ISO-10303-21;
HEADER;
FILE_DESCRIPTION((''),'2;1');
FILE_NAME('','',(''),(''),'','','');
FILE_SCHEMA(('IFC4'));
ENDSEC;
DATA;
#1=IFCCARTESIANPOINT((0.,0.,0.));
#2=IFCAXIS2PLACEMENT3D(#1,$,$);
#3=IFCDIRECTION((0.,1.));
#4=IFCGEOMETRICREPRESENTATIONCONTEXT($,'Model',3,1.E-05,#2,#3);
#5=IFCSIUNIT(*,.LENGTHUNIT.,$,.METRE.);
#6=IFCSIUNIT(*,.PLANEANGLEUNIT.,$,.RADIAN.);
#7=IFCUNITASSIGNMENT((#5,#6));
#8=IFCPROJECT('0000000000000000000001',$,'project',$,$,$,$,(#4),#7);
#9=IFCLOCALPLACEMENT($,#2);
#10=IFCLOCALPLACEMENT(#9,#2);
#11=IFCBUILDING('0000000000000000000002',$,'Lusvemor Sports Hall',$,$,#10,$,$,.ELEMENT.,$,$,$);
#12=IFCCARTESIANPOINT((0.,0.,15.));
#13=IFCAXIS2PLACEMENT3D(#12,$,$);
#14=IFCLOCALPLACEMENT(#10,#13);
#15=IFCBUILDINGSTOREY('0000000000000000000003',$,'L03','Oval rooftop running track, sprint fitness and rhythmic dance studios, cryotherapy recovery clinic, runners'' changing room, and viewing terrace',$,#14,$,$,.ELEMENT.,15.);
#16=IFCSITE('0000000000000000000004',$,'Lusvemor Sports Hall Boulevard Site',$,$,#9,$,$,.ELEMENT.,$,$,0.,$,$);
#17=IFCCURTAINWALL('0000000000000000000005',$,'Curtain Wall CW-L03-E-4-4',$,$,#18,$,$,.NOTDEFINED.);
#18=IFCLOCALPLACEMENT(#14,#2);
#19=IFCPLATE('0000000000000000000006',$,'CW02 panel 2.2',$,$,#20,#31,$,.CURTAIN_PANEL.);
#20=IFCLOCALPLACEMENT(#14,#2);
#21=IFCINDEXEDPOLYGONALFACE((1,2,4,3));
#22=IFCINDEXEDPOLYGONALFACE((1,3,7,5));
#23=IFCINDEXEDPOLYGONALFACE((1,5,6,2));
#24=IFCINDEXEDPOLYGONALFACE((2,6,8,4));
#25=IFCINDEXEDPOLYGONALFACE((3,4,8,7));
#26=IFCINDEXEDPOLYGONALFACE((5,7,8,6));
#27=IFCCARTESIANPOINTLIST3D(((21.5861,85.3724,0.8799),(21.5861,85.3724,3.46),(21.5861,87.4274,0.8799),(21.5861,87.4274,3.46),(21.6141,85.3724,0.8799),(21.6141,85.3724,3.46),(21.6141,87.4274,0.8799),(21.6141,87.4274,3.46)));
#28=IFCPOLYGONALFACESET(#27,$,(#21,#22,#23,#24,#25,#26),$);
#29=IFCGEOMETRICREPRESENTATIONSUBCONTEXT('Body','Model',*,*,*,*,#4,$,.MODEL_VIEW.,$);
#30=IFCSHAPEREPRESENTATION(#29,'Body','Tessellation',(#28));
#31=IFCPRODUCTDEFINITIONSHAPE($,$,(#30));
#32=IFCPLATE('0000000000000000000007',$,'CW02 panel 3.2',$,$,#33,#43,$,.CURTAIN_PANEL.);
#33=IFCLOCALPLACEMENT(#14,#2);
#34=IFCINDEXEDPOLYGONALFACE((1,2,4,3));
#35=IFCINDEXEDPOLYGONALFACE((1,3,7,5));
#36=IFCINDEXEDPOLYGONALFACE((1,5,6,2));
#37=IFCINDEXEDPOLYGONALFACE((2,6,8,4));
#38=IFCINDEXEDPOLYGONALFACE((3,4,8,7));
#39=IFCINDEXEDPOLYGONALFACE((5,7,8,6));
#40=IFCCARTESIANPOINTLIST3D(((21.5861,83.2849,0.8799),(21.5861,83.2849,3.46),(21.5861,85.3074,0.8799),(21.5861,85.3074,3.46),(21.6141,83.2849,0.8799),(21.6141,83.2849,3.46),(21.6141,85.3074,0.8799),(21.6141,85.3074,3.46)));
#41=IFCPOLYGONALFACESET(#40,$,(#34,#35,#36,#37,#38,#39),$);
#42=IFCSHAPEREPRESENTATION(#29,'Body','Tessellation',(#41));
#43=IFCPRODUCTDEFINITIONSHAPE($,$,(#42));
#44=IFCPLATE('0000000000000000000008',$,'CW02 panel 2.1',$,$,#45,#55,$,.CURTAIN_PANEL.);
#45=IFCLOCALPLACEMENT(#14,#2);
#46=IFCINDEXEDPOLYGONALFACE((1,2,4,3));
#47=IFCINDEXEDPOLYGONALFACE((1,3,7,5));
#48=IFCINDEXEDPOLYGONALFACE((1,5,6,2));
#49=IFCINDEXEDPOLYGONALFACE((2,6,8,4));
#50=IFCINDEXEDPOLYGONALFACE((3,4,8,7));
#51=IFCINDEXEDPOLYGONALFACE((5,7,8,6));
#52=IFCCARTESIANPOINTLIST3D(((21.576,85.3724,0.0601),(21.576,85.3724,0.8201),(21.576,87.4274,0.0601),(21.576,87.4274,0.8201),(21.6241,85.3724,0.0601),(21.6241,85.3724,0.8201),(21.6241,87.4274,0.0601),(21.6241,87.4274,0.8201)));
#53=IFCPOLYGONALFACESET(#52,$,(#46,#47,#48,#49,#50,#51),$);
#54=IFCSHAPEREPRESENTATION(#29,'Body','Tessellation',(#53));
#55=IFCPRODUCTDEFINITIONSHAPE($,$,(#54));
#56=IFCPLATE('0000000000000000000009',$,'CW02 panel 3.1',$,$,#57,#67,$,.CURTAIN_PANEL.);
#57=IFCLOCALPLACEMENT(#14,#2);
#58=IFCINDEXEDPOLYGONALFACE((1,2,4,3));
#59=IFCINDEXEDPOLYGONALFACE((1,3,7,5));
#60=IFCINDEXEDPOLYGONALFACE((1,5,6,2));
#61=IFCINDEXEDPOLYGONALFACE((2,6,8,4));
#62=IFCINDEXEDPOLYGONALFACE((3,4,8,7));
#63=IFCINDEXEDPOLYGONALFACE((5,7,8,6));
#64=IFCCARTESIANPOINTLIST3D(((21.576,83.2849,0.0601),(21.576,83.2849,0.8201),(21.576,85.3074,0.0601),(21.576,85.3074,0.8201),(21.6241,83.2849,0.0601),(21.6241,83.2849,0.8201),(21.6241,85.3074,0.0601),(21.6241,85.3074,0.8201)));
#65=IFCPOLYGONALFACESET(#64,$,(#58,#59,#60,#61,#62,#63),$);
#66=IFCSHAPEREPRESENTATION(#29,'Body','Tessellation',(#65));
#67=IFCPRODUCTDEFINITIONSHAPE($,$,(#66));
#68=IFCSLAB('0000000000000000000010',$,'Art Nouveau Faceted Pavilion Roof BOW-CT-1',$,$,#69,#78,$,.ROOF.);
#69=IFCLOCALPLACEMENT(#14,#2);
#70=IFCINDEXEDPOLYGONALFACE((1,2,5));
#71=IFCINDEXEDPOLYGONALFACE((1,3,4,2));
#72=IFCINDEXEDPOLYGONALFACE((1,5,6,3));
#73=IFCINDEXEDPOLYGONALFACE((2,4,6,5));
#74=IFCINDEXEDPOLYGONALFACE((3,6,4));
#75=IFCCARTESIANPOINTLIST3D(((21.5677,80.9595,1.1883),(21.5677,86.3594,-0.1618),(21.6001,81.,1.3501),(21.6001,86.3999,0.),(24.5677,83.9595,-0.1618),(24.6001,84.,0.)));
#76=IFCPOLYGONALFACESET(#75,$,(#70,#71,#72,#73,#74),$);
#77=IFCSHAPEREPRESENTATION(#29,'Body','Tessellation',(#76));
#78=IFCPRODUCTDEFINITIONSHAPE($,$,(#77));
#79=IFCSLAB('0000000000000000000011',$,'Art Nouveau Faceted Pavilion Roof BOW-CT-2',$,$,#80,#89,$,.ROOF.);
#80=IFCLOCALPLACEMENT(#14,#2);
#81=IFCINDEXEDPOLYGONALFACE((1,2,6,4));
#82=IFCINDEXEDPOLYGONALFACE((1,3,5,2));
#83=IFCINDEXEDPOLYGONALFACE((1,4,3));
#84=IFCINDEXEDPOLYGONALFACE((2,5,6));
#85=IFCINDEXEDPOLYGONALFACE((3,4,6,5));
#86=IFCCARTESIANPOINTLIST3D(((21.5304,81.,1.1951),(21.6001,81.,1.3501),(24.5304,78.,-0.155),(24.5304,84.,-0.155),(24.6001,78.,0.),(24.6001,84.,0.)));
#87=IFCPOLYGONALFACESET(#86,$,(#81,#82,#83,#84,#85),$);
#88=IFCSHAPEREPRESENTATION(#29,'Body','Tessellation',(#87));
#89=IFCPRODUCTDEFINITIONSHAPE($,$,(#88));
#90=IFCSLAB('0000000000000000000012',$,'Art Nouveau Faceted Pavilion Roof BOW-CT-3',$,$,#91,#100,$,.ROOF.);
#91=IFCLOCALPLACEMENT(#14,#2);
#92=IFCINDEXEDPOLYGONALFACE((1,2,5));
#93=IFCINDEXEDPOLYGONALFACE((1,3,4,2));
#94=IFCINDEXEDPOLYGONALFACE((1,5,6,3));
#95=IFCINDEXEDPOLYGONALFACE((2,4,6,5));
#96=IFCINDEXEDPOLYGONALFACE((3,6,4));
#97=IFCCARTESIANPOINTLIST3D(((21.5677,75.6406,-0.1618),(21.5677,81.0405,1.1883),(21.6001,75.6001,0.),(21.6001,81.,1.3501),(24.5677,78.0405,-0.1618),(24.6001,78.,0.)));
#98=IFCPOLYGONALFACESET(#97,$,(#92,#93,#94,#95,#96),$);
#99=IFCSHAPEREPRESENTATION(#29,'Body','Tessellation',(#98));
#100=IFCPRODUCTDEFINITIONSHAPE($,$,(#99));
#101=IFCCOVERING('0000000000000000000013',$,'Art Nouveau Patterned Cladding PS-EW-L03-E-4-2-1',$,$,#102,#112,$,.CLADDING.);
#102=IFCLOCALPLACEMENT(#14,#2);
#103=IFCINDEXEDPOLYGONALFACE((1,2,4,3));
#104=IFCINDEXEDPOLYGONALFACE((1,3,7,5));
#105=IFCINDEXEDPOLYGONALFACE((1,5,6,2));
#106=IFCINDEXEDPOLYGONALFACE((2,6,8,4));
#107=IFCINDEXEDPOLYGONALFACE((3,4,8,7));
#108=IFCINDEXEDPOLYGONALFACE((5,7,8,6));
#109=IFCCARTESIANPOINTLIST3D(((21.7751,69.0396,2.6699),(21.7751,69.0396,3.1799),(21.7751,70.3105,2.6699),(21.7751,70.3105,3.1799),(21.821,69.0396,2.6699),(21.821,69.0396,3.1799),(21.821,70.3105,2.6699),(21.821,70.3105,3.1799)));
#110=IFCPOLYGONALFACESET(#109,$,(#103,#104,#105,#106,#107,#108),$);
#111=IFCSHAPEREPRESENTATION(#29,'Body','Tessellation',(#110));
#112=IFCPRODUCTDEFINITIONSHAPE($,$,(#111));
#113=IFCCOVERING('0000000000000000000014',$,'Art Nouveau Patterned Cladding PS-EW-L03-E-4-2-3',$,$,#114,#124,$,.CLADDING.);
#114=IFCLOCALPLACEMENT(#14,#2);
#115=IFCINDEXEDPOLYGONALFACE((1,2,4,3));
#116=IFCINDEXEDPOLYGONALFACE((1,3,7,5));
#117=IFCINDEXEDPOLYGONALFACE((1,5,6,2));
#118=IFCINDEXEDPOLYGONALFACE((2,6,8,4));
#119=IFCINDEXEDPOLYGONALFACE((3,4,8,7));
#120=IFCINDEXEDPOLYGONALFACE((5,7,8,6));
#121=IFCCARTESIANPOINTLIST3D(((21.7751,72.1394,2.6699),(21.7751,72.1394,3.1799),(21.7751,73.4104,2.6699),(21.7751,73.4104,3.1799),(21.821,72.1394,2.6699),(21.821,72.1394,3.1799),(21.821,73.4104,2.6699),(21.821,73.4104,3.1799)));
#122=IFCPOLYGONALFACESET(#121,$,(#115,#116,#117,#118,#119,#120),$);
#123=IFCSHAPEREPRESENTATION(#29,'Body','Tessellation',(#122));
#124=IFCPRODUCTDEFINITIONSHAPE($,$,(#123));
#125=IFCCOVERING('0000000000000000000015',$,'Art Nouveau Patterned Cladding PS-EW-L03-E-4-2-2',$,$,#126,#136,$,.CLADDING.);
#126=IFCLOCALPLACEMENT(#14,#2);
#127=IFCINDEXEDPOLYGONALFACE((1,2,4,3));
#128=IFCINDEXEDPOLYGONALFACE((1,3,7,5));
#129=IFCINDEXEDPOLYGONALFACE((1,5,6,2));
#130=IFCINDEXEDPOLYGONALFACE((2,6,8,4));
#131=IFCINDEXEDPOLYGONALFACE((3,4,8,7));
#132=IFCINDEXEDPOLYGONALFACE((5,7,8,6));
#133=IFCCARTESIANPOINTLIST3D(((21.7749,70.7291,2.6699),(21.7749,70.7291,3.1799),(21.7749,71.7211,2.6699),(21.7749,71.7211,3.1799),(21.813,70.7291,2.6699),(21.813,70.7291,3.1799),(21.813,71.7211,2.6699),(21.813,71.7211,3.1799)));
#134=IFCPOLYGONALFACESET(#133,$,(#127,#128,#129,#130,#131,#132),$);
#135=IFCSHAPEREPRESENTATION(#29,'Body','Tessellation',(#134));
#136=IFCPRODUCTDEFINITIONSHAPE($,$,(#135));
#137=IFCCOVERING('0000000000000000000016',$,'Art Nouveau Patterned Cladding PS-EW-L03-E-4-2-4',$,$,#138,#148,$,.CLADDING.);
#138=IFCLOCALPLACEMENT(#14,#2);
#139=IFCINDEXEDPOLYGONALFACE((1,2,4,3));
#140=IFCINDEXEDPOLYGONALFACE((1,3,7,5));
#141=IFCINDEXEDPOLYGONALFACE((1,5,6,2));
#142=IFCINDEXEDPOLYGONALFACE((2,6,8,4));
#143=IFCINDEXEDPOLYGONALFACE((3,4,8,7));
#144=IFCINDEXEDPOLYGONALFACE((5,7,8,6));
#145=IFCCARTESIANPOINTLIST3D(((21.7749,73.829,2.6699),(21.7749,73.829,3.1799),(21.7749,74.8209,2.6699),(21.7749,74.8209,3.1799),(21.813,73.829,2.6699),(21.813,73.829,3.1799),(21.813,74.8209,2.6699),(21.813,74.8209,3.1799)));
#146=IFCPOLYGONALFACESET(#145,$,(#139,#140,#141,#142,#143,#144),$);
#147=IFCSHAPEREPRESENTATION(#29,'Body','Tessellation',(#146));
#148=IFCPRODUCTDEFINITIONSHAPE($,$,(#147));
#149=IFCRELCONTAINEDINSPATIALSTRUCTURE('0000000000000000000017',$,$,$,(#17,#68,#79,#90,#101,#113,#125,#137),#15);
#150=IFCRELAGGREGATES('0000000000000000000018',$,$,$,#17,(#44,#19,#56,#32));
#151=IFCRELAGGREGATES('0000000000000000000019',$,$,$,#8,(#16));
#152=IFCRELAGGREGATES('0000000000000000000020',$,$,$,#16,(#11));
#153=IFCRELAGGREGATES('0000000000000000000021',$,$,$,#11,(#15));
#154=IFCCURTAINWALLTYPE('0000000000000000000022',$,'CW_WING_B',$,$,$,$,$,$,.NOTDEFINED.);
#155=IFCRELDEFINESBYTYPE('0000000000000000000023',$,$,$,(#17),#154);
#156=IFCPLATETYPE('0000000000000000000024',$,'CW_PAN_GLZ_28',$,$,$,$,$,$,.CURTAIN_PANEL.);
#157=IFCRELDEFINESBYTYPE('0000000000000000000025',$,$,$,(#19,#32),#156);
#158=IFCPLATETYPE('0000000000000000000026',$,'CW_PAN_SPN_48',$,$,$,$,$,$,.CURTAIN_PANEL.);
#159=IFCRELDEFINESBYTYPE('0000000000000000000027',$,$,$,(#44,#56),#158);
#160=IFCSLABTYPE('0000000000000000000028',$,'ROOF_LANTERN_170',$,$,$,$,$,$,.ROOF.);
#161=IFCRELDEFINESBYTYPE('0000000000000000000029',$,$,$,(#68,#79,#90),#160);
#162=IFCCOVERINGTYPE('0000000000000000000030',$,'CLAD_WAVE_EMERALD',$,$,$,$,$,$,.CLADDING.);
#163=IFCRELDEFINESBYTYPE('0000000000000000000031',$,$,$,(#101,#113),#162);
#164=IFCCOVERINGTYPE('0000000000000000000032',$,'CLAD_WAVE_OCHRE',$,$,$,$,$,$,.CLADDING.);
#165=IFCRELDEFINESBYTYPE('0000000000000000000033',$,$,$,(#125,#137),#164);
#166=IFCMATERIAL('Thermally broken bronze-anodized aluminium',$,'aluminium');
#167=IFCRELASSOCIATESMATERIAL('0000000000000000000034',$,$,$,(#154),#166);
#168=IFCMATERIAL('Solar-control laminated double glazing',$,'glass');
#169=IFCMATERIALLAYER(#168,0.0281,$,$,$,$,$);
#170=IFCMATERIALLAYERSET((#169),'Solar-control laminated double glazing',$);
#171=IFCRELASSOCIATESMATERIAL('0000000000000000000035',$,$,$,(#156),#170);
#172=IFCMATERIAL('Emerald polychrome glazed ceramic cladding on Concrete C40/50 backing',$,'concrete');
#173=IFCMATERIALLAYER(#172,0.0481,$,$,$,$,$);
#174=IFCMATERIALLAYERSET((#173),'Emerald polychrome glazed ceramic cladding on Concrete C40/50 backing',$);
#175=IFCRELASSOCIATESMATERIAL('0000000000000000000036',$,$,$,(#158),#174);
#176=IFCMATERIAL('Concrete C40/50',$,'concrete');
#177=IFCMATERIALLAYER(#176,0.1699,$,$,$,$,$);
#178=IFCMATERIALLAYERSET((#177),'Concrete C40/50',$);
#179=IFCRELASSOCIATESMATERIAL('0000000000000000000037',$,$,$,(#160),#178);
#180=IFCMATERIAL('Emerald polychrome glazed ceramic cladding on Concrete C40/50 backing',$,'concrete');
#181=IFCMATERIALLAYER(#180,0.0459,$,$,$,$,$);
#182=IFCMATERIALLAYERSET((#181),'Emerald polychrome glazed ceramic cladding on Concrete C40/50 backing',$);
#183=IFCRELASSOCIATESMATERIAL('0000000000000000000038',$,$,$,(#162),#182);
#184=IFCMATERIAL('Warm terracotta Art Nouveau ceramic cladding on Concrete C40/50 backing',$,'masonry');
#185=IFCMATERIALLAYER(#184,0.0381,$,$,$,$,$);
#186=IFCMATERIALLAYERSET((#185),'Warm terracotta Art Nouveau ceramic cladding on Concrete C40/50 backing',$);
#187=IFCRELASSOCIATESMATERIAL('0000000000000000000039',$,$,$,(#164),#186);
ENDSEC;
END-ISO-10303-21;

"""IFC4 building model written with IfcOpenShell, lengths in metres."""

from ifc_helpers import new_model, si_unit, direction, frame, origin, origin_2d, place, context, subcontext, project, spatial, polyline, rectangle, outline, extrude, material, layer, layer_set, type_object, element, aggregate, save


model = new_model("IFC4")

# Units and contexts
model_context = context("Model", 3, precision=1e-05, world=origin(), true_north=direction((0.0, 1.0)))
body_context = subcontext(model_context, "Body", "Model", "MODEL_VIEW")
ifc_project = project(units=[si_unit("LENGTHUNIT", "METRE"), si_unit("PLANEANGLEUNIT", "RADIAN")], contexts=[model_context])

# Site, building, storey
site_placement = place(None, origin())
site = spatial("IfcSite", under=ifc_project, at=site_placement, Name="Lusvemor Sports Hall Boulevard Site", CompositionType="ELEMENT", RefElevation=0.0)
building_placement = place(site_placement, origin())
building = spatial("IfcBuilding", under=site, at=building_placement, Name="Lusvemor Sports Hall", CompositionType="ELEMENT")
storey_placement = place(building_placement, frame((0.0, 0.0, 15.0)))
storey = spatial("IfcBuildingStorey", under=building, at=storey_placement, Name="L03", Description="Oval rooftop running track, sprint fitness and rhythmic dance studios, cryotherapy recovery clinic, runners' changing room, and viewing terrace", CompositionType="ELEMENT", Elevation=15.0)

# Shared definitions
ifc_material_1 = material(Name="Thermally broken bronze-anodized aluminium", Category="aluminium")
curtain_wall_type = type_object("IfcCurtainWallType", Name="CW_WING_B", PredefinedType="NOTDEFINED", material=ifc_material_1)

# Curtain wall
curtain_wall_1_placement = place(storey_placement, origin())
curtain_wall_1 = element("IfcCurtainWall", 1, at=curtain_wall_1_placement, inside=storey, type_object=curtain_wall_type, Name="Curtain Wall CW-L03-E-4-4", PredefinedType="NOTDEFINED")

# Plates
ifc_material_2 = material(Name="Solar-control laminated double glazing", Category="glass")
ifc_layer_1 = layer(ifc_material_2, 0.0281)
ifc_layer_set_1 = layer_set([ifc_layer_1], Name="Solar-control laminated double glazing")
plate_type_1 = type_object("IfcPlateType", Name="CW_PAN_GLZ_28", PredefinedType="CURTAIN_PANEL", material=ifc_layer_set_1)
plate_1_placement = place(storey_placement, frame((21.6001, 86.3999, 0.8799), z_axis=(0.0, 0.0, 1.0), x_axis=(0.0, -1.0, 0.0)))
plate_1 = element("IfcPlate", 2, at=plate_1_placement, type_object=plate_type_1, Name="CW02 panel 2.2", PredefinedType="CURTAIN_PANEL", context=body_context, shape_type="SweptSolid", body=[
    extrude(rectangle(XDim=2.0549, YDim=0.0281, at=origin_2d()), origin(), (0.0, 0.0, 1.0), 2.5801),
])
plate_2_placement = place(storey_placement, frame((21.6001, 84.2961, 0.8799), z_axis=(0.0, 0.0, 1.0), x_axis=(0.0, -1.0, 0.0)))
plate_2 = element("IfcPlate", 3, at=plate_2_placement, type_object=plate_type_1, Name="CW02 panel 3.2", PredefinedType="CURTAIN_PANEL", context=body_context, shape_type="SweptSolid", body=[
    extrude(rectangle(XDim=2.0225, YDim=0.0281, at=origin_2d()), origin(), (0.0, 0.0, 1.0), 2.5801),
])
ifc_material_3 = material(Name="Emerald polychrome glazed ceramic cladding on Concrete C40/50 backing", Category="concrete")
ifc_layer_2 = layer(ifc_material_3, 0.0481)
ifc_layer_set_2 = layer_set([ifc_layer_2], Name="Emerald polychrome glazed ceramic cladding on Concrete C40/50 backing")
plate_type_2 = type_object("IfcPlateType", Name="CW_PAN_SPN_48", PredefinedType="CURTAIN_PANEL", material=ifc_layer_set_2)
plate_3_placement = place(storey_placement, frame((21.6001, 86.3999, 0.0601), z_axis=(0.0, 0.0, 1.0), x_axis=(0.0, -1.0, 0.0)))
plate_3 = element("IfcPlate", 4, at=plate_3_placement, type_object=plate_type_2, Name="CW02 panel 2.1", PredefinedType="CURTAIN_PANEL", context=body_context, shape_type="SweptSolid", body=[
    extrude(rectangle(XDim=2.0549, YDim=0.0481, at=origin_2d()), origin(), (0.0, 0.0, 1.0), 0.76),
])
plate_4_placement = place(storey_placement, frame((21.6001, 84.2961, 0.0601), z_axis=(0.0, 0.0, 1.0), x_axis=(0.0, -1.0, 0.0)))
plate_4 = element("IfcPlate", 5, at=plate_4_placement, type_object=plate_type_2, Name="CW02 panel 3.1", PredefinedType="CURTAIN_PANEL", context=body_context, shape_type="SweptSolid", body=[
    extrude(rectangle(XDim=2.0225, YDim=0.0481, at=origin_2d()), origin(), (0.0, 0.0, 1.0), 0.76),
])
aggregate(curtain_wall_1, [plate_3, plate_1, plate_4, plate_2])

# Slabs
ifc_material_4 = material(Name="Concrete C40/50", Category="concrete")
ifc_layer_3 = layer(ifc_material_4, 0.1699)
ifc_layer_set_3 = layer_set([ifc_layer_3], Name="Concrete C40/50")
slab_type = type_object("IfcSlabType", Name="ROOF_LANTERN_170", PredefinedType="ROOF", material=ifc_layer_set_3)
slab_1_placement = place(storey_placement, frame((21.6001, 86.3999, 0.0), z_axis=(0.190484, 0.238115, 0.952374), x_axis=(0.780881, -0.62468, 0.0)))
element("IfcSlab", 6, at=slab_1_placement, inside=storey, type_object=slab_type, Name="Art Nouveau Faceted Pavilion Roof BOW-CT-1", PredefinedType="ROOF", context=body_context, shape_type="SweptSolid", body=[
    extrude(outline(polyline([(0.0, 0.0), (3.8418, 0.0), (3.3732, -4.4275), (0.0, 0.0)])), origin(), (0.0, 0.0, -1.0), 0.1699),
])
slab_2_placement = place(storey_placement, frame((24.6001, 84.0, 0.0), z_axis=(0.410389, 0.0, 0.91191), x_axis=(0.0, -1.0, 0.0)))
element("IfcSlab", 7, at=slab_2_placement, inside=storey, type_object=slab_type, Name="Art Nouveau Faceted Pavilion Roof BOW-CT-2", PredefinedType="ROOF", context=body_context, shape_type="SweptSolid", body=[
    extrude(outline(polyline([(0.0, 0.0), (6.0, 0.0), (3.0, -3.2898), (0.0, 0.0)])), origin(), (0.0, 0.0, -1.0), 0.1699),
])
slab_3_placement = place(storey_placement, frame((24.6001, 78.0, 0.0), z_axis=(0.190484, -0.238115, 0.952374), x_axis=(-0.780881, -0.62468, 0.0)))
element("IfcSlab", 8, at=slab_3_placement, inside=storey, type_object=slab_type, Name="Art Nouveau Faceted Pavilion Roof BOW-CT-3", PredefinedType="ROOF", context=body_context, shape_type="SweptSolid", body=[
    extrude(outline(polyline([(0.0, 0.0), (3.8418, 0.0), (0.4686, -4.4275), (0.0, 0.0)])), origin(), (0.0, 0.0, -1.0), 0.1699),
])

# Coverings
ifc_material_5 = material(Name="Emerald polychrome glazed ceramic cladding on Concrete C40/50 backing", Category="concrete")
ifc_layer_4 = layer(ifc_material_5, 0.0459)
ifc_layer_set_4 = layer_set([ifc_layer_4], Name="Emerald polychrome glazed ceramic cladding on Concrete C40/50 backing")
covering_type_1 = type_object("IfcCoveringType", Name="CLAD_WAVE_EMERALD", PredefinedType="CLADDING", material=ifc_layer_set_4)
for number, where, z_axis, x_axis, name in (
    (9, (21.7981, 69.675, 2.6699), (0.0, 0.0, 1.0), (1.0, 0.0, 0.0), "Art Nouveau Patterned Cladding PS-EW-L03-E-4-2-1"),
    (10, (21.7981, 72.7749, 2.6699), (0.0, 0.0, 1.0), (1.0, 0.0, 0.0), "Art Nouveau Patterned Cladding PS-EW-L03-E-4-2-3"),
):
    element("IfcCovering", number, at=place(storey_placement, frame(where, z_axis=z_axis, x_axis=x_axis)), inside=storey, type_object=covering_type_1, Name=name, PredefinedType="CLADDING", context=body_context, shape_type="SweptSolid", body=[
        extrude(rectangle(XDim=0.0459, YDim=1.271, at=origin_2d()), origin(), (0.0, 0.0, 1.0), 0.51),
    ])
ifc_material_6 = material(Name="Warm terracotta Art Nouveau ceramic cladding on Concrete C40/50 backing", Category="masonry")
ifc_layer_5 = layer(ifc_material_6, 0.0381)
ifc_layer_set_5 = layer_set([ifc_layer_5], Name="Warm terracotta Art Nouveau ceramic cladding on Concrete C40/50 backing")
covering_type_2 = type_object("IfcCoveringType", Name="CLAD_WAVE_OCHRE", PredefinedType="CLADDING", material=ifc_layer_set_5)
for number, where, z_axis, x_axis, name in (
    (11, (21.7939, 71.2251, 2.6699), (0.0, 0.0, 1.0), (1.0, 0.0, 0.0), "Art Nouveau Patterned Cladding PS-EW-L03-E-4-2-2"),
    (12, (21.7939, 74.325, 2.6699), (0.0, 0.0, 1.0), (1.0, 0.0, 0.0), "Art Nouveau Patterned Cladding PS-EW-L03-E-4-2-4"),
):
    element("IfcCovering", number, at=place(storey_placement, frame(where, z_axis=z_axis, x_axis=x_axis)), inside=storey, type_object=covering_type_2, Name=name, PredefinedType="CLADDING", context=body_context, shape_type="SweptSolid", body=[
        extrude(rectangle(XDim=0.0381, YDim=0.9919, at=origin_2d()), origin(), (0.0, 0.0, 1.0), 0.51),
    ])

save(model, "model.ifc")
